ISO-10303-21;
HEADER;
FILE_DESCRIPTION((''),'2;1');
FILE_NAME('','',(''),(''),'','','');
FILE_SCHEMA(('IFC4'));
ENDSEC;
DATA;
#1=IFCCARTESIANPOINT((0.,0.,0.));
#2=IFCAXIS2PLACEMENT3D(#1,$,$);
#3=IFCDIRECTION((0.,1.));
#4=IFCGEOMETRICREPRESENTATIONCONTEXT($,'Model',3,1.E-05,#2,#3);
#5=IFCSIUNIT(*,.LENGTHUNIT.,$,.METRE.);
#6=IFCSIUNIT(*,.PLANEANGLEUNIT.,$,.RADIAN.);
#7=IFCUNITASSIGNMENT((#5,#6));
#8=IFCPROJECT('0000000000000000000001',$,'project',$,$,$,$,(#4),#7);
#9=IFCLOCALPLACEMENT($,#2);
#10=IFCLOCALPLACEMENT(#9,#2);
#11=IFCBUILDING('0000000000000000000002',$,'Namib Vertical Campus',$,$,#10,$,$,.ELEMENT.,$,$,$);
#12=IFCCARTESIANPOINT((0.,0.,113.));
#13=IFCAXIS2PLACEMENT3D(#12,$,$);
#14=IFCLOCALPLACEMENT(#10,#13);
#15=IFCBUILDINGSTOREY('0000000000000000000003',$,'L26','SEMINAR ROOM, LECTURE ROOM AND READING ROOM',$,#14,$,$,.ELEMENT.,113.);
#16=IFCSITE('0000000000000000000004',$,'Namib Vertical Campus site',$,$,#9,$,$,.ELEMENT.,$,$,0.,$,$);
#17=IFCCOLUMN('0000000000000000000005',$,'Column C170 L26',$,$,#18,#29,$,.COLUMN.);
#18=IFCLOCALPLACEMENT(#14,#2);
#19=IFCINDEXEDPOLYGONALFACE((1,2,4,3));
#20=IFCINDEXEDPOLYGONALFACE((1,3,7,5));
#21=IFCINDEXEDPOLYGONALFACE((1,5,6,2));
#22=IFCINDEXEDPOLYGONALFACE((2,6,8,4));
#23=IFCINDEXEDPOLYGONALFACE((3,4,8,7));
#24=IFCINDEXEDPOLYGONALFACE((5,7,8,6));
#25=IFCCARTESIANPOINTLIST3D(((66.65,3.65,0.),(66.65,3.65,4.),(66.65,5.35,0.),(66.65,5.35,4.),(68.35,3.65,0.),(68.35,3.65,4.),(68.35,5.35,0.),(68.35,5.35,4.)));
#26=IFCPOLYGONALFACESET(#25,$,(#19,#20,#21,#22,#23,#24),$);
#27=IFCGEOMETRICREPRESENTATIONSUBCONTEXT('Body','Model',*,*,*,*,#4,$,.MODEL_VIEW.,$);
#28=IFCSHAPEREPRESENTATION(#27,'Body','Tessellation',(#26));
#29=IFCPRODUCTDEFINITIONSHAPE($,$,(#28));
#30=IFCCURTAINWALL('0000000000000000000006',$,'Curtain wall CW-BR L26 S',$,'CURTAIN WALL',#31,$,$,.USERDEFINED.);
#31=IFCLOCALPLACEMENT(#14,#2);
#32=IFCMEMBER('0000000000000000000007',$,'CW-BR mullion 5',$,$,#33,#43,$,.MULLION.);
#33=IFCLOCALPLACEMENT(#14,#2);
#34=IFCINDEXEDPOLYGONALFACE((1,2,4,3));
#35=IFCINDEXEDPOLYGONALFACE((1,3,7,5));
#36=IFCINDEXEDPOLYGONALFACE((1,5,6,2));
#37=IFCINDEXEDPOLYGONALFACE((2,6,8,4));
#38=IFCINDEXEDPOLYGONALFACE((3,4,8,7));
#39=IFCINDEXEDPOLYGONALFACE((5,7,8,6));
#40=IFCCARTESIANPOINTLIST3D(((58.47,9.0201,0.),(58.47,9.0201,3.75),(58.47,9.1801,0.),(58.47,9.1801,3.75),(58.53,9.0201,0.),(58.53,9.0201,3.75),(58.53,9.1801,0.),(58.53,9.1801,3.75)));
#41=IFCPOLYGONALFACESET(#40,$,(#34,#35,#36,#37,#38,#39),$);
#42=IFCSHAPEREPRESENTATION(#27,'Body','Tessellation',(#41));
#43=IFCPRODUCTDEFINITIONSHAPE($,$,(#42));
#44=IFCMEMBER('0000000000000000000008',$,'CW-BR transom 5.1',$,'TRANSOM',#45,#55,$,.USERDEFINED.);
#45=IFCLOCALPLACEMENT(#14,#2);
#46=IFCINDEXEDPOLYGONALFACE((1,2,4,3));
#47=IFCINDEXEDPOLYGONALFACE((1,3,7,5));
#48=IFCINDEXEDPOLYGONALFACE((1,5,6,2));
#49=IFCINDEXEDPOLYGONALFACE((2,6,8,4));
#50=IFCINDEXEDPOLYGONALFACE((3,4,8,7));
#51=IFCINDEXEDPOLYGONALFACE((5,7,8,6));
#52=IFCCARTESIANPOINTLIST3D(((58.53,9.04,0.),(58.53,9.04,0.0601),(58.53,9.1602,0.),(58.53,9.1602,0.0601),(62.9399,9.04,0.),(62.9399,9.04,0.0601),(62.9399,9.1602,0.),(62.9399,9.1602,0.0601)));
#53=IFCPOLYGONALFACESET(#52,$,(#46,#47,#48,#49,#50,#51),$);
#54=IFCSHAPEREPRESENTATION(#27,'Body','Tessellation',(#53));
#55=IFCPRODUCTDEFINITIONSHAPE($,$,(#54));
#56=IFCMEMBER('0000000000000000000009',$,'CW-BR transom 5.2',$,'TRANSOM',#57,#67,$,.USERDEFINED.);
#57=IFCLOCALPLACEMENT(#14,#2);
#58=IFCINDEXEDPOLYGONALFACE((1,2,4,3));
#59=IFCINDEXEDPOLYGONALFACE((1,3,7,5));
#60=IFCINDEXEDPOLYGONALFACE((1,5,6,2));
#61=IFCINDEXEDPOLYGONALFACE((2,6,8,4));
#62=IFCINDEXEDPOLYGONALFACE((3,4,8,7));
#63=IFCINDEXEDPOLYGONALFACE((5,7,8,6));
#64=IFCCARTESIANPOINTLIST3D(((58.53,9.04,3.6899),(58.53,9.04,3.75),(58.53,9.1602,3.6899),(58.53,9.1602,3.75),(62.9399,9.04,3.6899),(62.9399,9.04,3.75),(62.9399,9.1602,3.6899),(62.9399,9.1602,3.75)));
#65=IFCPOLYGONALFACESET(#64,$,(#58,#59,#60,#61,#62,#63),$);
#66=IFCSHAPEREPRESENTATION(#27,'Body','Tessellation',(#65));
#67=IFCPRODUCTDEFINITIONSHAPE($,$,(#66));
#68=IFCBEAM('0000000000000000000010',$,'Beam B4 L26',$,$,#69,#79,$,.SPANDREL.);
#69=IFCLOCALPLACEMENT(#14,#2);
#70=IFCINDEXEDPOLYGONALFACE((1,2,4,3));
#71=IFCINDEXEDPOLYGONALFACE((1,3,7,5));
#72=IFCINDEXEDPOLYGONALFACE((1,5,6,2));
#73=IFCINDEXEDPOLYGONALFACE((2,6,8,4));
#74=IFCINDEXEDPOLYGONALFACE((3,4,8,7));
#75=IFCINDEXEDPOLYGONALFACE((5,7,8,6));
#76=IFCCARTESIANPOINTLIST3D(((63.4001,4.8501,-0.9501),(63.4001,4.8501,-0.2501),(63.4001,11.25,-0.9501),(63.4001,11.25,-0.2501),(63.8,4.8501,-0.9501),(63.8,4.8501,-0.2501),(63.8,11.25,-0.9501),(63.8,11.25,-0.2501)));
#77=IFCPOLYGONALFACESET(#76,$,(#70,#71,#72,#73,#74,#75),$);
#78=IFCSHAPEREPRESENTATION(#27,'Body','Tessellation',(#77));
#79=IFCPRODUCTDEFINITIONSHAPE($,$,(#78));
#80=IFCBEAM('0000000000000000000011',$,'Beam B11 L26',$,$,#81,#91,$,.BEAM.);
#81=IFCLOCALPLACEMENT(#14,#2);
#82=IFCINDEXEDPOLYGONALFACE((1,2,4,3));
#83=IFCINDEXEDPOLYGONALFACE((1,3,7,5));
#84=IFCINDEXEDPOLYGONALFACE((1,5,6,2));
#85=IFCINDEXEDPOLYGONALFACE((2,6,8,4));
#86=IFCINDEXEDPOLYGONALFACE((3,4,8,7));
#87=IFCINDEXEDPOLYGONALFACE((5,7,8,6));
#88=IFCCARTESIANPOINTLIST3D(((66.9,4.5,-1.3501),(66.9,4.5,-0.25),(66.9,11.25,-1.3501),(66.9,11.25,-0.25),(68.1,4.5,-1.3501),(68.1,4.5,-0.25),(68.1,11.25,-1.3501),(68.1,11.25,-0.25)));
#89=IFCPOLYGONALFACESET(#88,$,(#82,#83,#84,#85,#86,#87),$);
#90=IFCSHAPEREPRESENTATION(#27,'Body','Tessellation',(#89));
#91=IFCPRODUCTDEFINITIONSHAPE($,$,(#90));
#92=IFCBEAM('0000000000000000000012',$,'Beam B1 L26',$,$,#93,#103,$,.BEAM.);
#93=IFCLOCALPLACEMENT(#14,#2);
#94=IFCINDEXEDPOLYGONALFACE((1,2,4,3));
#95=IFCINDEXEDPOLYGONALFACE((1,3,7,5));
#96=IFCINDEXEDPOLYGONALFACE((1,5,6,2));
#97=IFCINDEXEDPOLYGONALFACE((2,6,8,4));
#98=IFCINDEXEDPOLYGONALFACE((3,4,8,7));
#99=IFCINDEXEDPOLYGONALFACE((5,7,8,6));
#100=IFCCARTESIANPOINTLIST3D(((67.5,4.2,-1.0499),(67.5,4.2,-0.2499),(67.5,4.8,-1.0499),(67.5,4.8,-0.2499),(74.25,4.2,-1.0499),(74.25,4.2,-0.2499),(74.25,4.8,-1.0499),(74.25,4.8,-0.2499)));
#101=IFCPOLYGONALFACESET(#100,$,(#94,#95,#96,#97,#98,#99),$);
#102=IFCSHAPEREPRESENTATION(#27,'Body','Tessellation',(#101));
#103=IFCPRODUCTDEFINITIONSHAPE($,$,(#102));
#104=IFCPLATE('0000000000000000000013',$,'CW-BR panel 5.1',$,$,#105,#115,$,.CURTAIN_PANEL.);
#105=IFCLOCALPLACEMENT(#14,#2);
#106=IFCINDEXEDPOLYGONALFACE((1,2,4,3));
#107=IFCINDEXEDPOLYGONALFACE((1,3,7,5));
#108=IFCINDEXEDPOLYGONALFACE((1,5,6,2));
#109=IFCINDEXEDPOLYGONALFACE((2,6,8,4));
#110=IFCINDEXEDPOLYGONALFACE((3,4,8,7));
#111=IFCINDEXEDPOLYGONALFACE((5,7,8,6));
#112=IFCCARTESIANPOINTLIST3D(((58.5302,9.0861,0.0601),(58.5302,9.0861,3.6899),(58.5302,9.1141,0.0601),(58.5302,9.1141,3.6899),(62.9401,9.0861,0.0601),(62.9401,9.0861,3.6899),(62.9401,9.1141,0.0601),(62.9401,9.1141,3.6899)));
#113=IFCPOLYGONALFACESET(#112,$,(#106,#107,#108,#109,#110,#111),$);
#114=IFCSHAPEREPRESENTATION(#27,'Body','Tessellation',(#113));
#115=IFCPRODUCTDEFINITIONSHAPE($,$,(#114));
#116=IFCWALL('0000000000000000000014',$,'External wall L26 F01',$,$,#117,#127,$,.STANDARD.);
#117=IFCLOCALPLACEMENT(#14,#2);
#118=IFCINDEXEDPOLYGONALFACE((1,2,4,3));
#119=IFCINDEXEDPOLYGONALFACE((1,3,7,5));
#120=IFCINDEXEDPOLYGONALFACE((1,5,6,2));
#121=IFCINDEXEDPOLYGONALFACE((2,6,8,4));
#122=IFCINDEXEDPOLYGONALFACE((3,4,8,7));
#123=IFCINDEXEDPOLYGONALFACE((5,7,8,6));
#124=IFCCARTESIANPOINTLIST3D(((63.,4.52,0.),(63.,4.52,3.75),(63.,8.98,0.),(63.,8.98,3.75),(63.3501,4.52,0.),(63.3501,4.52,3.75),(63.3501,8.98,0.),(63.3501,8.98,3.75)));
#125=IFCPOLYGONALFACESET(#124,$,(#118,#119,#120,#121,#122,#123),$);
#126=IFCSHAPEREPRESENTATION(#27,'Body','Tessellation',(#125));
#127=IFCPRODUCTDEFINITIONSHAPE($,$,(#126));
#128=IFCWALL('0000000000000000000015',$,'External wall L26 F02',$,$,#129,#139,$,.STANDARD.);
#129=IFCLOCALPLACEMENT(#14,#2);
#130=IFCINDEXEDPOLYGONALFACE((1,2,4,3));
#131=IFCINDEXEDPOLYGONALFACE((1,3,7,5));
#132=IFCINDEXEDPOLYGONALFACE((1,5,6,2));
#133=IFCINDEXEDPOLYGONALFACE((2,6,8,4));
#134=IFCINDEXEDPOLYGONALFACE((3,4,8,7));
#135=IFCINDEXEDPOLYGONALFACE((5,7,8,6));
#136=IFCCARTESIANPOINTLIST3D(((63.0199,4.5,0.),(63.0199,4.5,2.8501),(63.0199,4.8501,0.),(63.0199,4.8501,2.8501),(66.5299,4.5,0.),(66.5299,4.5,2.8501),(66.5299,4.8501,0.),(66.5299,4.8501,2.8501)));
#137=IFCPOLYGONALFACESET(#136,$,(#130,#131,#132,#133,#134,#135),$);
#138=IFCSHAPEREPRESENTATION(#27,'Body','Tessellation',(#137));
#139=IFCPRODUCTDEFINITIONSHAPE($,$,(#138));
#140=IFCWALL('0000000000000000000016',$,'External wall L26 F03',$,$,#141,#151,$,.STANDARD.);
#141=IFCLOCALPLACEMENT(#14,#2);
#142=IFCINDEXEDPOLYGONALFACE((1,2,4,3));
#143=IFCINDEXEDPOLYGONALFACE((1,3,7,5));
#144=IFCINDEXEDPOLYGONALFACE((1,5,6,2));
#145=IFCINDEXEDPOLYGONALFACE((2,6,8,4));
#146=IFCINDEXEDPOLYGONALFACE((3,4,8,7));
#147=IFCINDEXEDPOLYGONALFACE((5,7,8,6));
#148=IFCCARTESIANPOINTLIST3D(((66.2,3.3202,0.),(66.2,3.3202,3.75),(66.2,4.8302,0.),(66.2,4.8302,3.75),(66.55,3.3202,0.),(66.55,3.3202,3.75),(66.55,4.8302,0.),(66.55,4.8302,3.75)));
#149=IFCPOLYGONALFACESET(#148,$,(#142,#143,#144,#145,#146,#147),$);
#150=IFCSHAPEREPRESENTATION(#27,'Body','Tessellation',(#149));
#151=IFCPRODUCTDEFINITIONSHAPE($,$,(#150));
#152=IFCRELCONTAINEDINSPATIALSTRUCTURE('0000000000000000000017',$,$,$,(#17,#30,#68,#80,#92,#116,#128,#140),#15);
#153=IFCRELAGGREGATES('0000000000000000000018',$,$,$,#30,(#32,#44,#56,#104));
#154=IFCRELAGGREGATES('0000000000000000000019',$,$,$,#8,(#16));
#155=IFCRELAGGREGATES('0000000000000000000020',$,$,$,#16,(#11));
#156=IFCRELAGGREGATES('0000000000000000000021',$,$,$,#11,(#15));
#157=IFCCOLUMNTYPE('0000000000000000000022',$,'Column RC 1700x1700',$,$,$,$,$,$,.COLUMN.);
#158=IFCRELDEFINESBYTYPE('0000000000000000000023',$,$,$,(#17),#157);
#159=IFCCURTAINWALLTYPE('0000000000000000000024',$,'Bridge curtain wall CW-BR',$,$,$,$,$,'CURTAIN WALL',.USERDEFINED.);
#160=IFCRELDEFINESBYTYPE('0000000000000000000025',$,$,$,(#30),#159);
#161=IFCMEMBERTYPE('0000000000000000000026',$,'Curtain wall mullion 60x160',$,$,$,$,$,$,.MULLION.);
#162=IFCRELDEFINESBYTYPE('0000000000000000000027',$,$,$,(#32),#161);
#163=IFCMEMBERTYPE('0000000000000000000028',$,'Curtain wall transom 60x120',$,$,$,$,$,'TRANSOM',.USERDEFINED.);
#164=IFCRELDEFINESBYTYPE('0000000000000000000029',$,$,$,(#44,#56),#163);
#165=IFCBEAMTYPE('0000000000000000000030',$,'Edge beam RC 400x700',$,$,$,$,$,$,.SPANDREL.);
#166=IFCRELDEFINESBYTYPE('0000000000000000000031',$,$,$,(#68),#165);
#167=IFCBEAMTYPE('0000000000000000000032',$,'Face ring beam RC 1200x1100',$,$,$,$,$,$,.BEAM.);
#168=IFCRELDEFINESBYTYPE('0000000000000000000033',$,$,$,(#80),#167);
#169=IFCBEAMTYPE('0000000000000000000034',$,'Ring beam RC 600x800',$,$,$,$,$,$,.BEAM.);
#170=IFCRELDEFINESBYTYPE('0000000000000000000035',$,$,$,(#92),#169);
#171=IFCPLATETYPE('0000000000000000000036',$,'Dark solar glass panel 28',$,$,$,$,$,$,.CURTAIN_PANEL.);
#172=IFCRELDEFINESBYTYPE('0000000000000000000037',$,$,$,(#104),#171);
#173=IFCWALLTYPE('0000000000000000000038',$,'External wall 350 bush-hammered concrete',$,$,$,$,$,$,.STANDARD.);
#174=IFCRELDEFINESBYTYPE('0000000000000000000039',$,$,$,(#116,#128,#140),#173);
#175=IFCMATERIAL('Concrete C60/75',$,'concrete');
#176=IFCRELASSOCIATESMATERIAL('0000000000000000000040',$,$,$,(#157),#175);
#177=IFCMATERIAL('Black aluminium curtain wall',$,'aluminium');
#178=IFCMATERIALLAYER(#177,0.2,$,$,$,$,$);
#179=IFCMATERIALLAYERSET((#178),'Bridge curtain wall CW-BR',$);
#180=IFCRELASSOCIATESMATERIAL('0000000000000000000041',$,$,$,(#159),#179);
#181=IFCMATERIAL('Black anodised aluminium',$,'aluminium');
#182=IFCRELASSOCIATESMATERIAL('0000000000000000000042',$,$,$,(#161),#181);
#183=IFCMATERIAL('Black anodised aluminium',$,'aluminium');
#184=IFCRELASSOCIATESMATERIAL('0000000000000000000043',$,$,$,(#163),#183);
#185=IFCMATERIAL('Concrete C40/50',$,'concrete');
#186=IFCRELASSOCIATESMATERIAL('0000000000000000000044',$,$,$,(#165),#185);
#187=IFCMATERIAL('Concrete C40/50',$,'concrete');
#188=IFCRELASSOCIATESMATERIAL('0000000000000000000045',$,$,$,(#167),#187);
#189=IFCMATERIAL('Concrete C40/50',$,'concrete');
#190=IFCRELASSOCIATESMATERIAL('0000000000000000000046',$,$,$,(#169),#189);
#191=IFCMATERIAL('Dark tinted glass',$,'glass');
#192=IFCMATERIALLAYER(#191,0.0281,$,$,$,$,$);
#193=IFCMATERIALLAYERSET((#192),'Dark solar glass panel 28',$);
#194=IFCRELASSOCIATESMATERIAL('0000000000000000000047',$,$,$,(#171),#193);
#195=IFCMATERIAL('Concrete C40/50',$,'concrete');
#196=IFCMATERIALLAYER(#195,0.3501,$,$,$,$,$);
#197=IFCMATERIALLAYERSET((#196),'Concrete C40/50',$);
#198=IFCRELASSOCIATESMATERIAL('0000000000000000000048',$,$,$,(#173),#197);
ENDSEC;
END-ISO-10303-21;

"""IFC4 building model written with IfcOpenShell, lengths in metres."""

from ifc_helpers import new_model, si_unit, direction, frame, frame_2d, origin, origin_2d, place, context, subcontext, project, spatial, rectangle, extrude, material, layer, layer_set, material_profile, profile_set, type_object, element, aggregate, save


model = new_model("IFC4")

# Units and contexts
model_context = context("Model", 3, precision=1e-05, world=origin(), true_north=direction((0.0, 1.0)))
body_context = subcontext(model_context, "Body", "Model", "MODEL_VIEW")
ifc_project = project(units=[si_unit("LENGTHUNIT", "METRE"), si_unit("PLANEANGLEUNIT", "RADIAN")], contexts=[model_context])

# Site, building, storey
site_placement = place(None, origin())
site = spatial("IfcSite", under=ifc_project, at=site_placement, Name="Namib Vertical Campus site", CompositionType="ELEMENT", RefElevation=0.0)
building_placement = place(site_placement, origin())
building = spatial("IfcBuilding", under=site, at=building_placement, Name="Namib Vertical Campus", CompositionType="ELEMENT")
storey_placement = place(building_placement, frame((0.0, 0.0, 113.0)))
storey = spatial("IfcBuildingStorey", under=building, at=storey_placement, Name="L26", Description="SEMINAR ROOM, LECTURE ROOM AND READING ROOM", CompositionType="ELEMENT", Elevation=113.0)

# Column
ifc_material_1 = material(Name="Concrete C60/75", Category="concrete")
ifc_material_profile_1 = material_profile(ifc_material_1, rectangle(XDim=1.7, YDim=1.7, at=origin_2d()))
ifc_profile_set_1 = profile_set([ifc_material_profile_1], Name="Concrete C60/75")
column_type = type_object("IfcColumnType", Name="Column RC 1700x1700", PredefinedType="COLUMN", material=ifc_profile_set_1)
column_placement = place(storey_placement, frame((67.5, 4.5, 0.0), z_axis=(0.0, 0.0, 1.0), x_axis=(1.0, 0.0, 0.0)))
element("IfcColumn", 1, at=column_placement, inside=storey, type_object=column_type, Name="Column C170 L26", PredefinedType="COLUMN", context=body_context, shape_type="SweptSolid", body=[
    extrude(rectangle(XDim=1.7, YDim=1.7, at=origin_2d()), origin(), (0.0, 0.0, 1.0), 4.0),
])

# Curtain wall, members
ifc_material_2 = material(Name="Black aluminium curtain wall", Category="aluminium")
ifc_layer_1 = layer(ifc_material_2, 0.2)
ifc_layer_set_1 = layer_set([ifc_layer_1], Name="Bridge curtain wall CW-BR")
curtain_wall_type = type_object("IfcCurtainWallType", Name="Bridge curtain wall CW-BR", ElementType="CURTAIN WALL", PredefinedType="USERDEFINED", material=ifc_layer_set_1)
curtain_wall_placement = place(storey_placement, origin())
curtain_wall = element("IfcCurtainWall", 2, at=curtain_wall_placement, inside=storey, type_object=curtain_wall_type, Name="Curtain wall CW-BR L26 S", ObjectType="CURTAIN WALL", PredefinedType="USERDEFINED")
ifc_material_3 = material(Name="Black anodised aluminium", Category="aluminium")
ifc_material_profile_2 = material_profile(ifc_material_3, rectangle(XDim=0.0601, YDim=0.1599, at=origin_2d()))
ifc_profile_set_2 = profile_set([ifc_material_profile_2], Name="Black anodised aluminium")
member_type_1 = type_object("IfcMemberType", Name="Curtain wall mullion 60x160", PredefinedType="MULLION", material=ifc_profile_set_2)
member_1_placement = place(storey_placement, frame((58.5, 9.1001, 0.0), z_axis=(0.0, 0.0, 1.0), x_axis=(1.0, 0.0, 0.0)))
member_1 = element("IfcMember", 3, at=member_1_placement, type_object=member_type_1, Name="CW-BR mullion 5", PredefinedType="MULLION", context=body_context, shape_type="SweptSolid", body=[
    extrude(rectangle(XDim=0.0601, YDim=0.1599, at=origin_2d()), origin(), (0.0, 0.0, 1.0), 3.75),
])
ifc_material_4 = material(Name="Black anodised aluminium", Category="aluminium")
ifc_material_profile_3 = material_profile(ifc_material_4, rectangle(XDim=0.0601, YDim=0.1201, at=origin_2d()))
ifc_profile_set_3 = profile_set([ifc_material_profile_3], Name="Black anodised aluminium")
member_type_2 = type_object("IfcMemberType", Name="Curtain wall transom 60x120", ElementType="TRANSOM", PredefinedType="USERDEFINED", material=ifc_profile_set_3)
member_2_placement = place(storey_placement, frame((58.53, 9.1001, 0.03), z_axis=(1.0, 0.0, 0.0), x_axis=(0.0, 0.0, 1.0)))
member_2 = element("IfcMember", 4, at=member_2_placement, type_object=member_type_2, Name="CW-BR transom 5.1", ObjectType="TRANSOM", PredefinedType="USERDEFINED", context=body_context, shape_type="SweptSolid", body=[
    extrude(rectangle(XDim=0.0601, YDim=0.1201, at=origin_2d()), origin(), (0.0, 0.0, 1.0), 4.4099),
])
member_3_placement = place(storey_placement, frame((58.53, 9.1001, 3.72), z_axis=(1.0, 0.0, 0.0), x_axis=(0.0, 0.0, 1.0)))
member_3 = element("IfcMember", 5, at=member_3_placement, type_object=member_type_2, Name="CW-BR transom 5.2", ObjectType="TRANSOM", PredefinedType="USERDEFINED", context=body_context, shape_type="SweptSolid", body=[
    extrude(rectangle(XDim=0.0601, YDim=0.1201, at=origin_2d()), origin(), (0.0, 0.0, 1.0), 4.4099),
])

# Beams
ifc_material_5 = material(Name="Concrete C40/50", Category="concrete")
ifc_material_profile_4 = material_profile(ifc_material_5, rectangle(XDim=0.3999, YDim=0.7, at=origin_2d()))
ifc_profile_set_4 = profile_set([ifc_material_profile_4], Name="Concrete C40/50")
beam_type_1 = type_object("IfcBeamType", Name="Edge beam RC 400x700", PredefinedType="SPANDREL", material=ifc_profile_set_4)
beam_1_placement = place(storey_placement, frame((63.6001, 4.8501, -0.6001), z_axis=(0.0, 1.0, 0.0), x_axis=(-1.0, 0.0, 0.0)))
element("IfcBeam", 6, at=beam_1_placement, inside=storey, type_object=beam_type_1, Name="Beam B4 L26", PredefinedType="SPANDREL", context=body_context, shape_type="SweptSolid", body=[
    extrude(rectangle(XDim=0.3999, YDim=0.7, at=origin_2d()), origin(), (0.0, 0.0, 1.0), 6.3999),
])
ifc_material_6 = material(Name="Concrete C40/50", Category="concrete")
ifc_material_profile_5 = material_profile(ifc_material_6, rectangle(XDim=1.2, YDim=1.1001, at=origin_2d()))
ifc_profile_set_5 = profile_set([ifc_material_profile_5], Name="Concrete C40/50")
beam_type_2 = type_object("IfcBeamType", Name="Face ring beam RC 1200x1100", PredefinedType="BEAM", material=ifc_profile_set_5)
beam_2_placement = place(storey_placement, frame((67.5, 4.5, -0.8), z_axis=(0.0, 1.0, 0.0), x_axis=(-1.0, 0.0, 0.0)))
element("IfcBeam", 7, at=beam_2_placement, inside=storey, type_object=beam_type_2, Name="Beam B11 L26", PredefinedType="BEAM", context=body_context, shape_type="SweptSolid", body=[
    extrude(rectangle(XDim=1.2, YDim=1.1001, at=origin_2d()), origin(), (0.0, 0.0, 1.0), 6.75),
])
ifc_material_7 = material(Name="Concrete C40/50", Category="concrete")
ifc_material_profile_6 = material_profile(ifc_material_7, rectangle(XDim=0.6001, YDim=0.8, at=origin_2d()))
ifc_profile_set_6 = profile_set([ifc_material_profile_6], Name="Concrete C40/50")
beam_type_3 = type_object("IfcBeamType", Name="Ring beam RC 600x800", PredefinedType="BEAM", material=ifc_profile_set_6)
beam_3_placement = place(storey_placement, frame((67.5, 4.5, -0.6499), z_axis=(1.0, 0.0, 0.0), x_axis=(0.0, 1.0, 0.0)))
element("IfcBeam", 8, at=beam_3_placement, inside=storey, type_object=beam_type_3, Name="Beam B1 L26", PredefinedType="BEAM", context=body_context, shape_type="SweptSolid", body=[
    extrude(rectangle(XDim=0.6001, YDim=0.8, at=origin_2d()), origin(), (0.0, 0.0, 1.0), 6.75),
])

# Plate
ifc_material_8 = material(Name="Dark tinted glass", Category="glass")
ifc_layer_2 = layer(ifc_material_8, 0.0281)
ifc_layer_set_2 = layer_set([ifc_layer_2], Name="Dark solar glass panel 28")
plate_type = type_object("IfcPlateType", Name="Dark solar glass panel 28", PredefinedType="CURTAIN_PANEL", material=ifc_layer_set_2)
plate_placement = place(storey_placement, frame((60.7351, 9.1001, 0.0601), z_axis=(0.0, 0.0, 1.0), x_axis=(1.0, 0.0, 0.0)))
plate = element("IfcPlate", 9, at=plate_placement, type_object=plate_type, Name="CW-BR panel 5.1", PredefinedType="CURTAIN_PANEL", context=body_context, shape_type="SweptSolid", body=[
    extrude(rectangle(XDim=4.4099, YDim=0.0281, at=origin_2d()), origin(), (0.0, 0.0, 1.0), 3.6299),
])
aggregate(curtain_wall, [member_1, member_2, member_3, plate])

# Walls
ifc_material_9 = material(Name="Concrete C40/50", Category="concrete")
ifc_layer_3 = layer(ifc_material_9, 0.3501)
ifc_layer_set_3 = layer_set([ifc_layer_3], Name="Concrete C40/50")
wall_type = type_object("IfcWallType", Name="External wall 350 bush-hammered concrete", PredefinedType="STANDARD", material=ifc_layer_set_3)
wall_1_placement = place(storey_placement, frame((63.175, 8.98, 0.0), z_axis=(0.0, 0.0, 1.0), x_axis=(0.0, -1.0, 0.0)))
element("IfcWall", 10, at=wall_1_placement, inside=storey, type_object=wall_type, Name="External wall L26 F01", PredefinedType="STANDARD", context=body_context, shape_type="SweptSolid", body=[
    extrude(rectangle(XDim=4.46, YDim=0.3501, at=frame_2d((2.23, 0.0))), origin(), (0.0, 0.0, 1.0), 3.75),
])
wall_2_placement = place(storey_placement, frame((63.02, 4.675, 0.0), z_axis=(0.0, 0.0, 1.0), x_axis=(1.0, 0.0, 0.0)))
element("IfcWall", 11, at=wall_2_placement, inside=storey, type_object=wall_type, Name="External wall L26 F02", PredefinedType="STANDARD", context=body_context, shape_type="SweptSolid", body=[
    extrude(rectangle(XDim=3.51, YDim=0.3501, at=frame_2d((1.7549, 0.0))), origin(), (0.0, 0.0, 1.0), 2.8501),
])
wall_3_placement = place(storey_placement, frame((66.375, 4.8301, 0.0), z_axis=(0.0, 0.0, 1.0), x_axis=(0.0, -1.0, 0.0)))
element("IfcWall", 12, at=wall_3_placement, inside=storey, type_object=wall_type, Name="External wall L26 F03", PredefinedType="STANDARD", context=body_context, shape_type="SweptSolid", body=[
    extrude(rectangle(XDim=1.51, YDim=0.3501, at=frame_2d((0.7549, 0.0))), origin(), (0.0, 0.0, 1.0), 3.75),
])

save(model, "model.ifc")
